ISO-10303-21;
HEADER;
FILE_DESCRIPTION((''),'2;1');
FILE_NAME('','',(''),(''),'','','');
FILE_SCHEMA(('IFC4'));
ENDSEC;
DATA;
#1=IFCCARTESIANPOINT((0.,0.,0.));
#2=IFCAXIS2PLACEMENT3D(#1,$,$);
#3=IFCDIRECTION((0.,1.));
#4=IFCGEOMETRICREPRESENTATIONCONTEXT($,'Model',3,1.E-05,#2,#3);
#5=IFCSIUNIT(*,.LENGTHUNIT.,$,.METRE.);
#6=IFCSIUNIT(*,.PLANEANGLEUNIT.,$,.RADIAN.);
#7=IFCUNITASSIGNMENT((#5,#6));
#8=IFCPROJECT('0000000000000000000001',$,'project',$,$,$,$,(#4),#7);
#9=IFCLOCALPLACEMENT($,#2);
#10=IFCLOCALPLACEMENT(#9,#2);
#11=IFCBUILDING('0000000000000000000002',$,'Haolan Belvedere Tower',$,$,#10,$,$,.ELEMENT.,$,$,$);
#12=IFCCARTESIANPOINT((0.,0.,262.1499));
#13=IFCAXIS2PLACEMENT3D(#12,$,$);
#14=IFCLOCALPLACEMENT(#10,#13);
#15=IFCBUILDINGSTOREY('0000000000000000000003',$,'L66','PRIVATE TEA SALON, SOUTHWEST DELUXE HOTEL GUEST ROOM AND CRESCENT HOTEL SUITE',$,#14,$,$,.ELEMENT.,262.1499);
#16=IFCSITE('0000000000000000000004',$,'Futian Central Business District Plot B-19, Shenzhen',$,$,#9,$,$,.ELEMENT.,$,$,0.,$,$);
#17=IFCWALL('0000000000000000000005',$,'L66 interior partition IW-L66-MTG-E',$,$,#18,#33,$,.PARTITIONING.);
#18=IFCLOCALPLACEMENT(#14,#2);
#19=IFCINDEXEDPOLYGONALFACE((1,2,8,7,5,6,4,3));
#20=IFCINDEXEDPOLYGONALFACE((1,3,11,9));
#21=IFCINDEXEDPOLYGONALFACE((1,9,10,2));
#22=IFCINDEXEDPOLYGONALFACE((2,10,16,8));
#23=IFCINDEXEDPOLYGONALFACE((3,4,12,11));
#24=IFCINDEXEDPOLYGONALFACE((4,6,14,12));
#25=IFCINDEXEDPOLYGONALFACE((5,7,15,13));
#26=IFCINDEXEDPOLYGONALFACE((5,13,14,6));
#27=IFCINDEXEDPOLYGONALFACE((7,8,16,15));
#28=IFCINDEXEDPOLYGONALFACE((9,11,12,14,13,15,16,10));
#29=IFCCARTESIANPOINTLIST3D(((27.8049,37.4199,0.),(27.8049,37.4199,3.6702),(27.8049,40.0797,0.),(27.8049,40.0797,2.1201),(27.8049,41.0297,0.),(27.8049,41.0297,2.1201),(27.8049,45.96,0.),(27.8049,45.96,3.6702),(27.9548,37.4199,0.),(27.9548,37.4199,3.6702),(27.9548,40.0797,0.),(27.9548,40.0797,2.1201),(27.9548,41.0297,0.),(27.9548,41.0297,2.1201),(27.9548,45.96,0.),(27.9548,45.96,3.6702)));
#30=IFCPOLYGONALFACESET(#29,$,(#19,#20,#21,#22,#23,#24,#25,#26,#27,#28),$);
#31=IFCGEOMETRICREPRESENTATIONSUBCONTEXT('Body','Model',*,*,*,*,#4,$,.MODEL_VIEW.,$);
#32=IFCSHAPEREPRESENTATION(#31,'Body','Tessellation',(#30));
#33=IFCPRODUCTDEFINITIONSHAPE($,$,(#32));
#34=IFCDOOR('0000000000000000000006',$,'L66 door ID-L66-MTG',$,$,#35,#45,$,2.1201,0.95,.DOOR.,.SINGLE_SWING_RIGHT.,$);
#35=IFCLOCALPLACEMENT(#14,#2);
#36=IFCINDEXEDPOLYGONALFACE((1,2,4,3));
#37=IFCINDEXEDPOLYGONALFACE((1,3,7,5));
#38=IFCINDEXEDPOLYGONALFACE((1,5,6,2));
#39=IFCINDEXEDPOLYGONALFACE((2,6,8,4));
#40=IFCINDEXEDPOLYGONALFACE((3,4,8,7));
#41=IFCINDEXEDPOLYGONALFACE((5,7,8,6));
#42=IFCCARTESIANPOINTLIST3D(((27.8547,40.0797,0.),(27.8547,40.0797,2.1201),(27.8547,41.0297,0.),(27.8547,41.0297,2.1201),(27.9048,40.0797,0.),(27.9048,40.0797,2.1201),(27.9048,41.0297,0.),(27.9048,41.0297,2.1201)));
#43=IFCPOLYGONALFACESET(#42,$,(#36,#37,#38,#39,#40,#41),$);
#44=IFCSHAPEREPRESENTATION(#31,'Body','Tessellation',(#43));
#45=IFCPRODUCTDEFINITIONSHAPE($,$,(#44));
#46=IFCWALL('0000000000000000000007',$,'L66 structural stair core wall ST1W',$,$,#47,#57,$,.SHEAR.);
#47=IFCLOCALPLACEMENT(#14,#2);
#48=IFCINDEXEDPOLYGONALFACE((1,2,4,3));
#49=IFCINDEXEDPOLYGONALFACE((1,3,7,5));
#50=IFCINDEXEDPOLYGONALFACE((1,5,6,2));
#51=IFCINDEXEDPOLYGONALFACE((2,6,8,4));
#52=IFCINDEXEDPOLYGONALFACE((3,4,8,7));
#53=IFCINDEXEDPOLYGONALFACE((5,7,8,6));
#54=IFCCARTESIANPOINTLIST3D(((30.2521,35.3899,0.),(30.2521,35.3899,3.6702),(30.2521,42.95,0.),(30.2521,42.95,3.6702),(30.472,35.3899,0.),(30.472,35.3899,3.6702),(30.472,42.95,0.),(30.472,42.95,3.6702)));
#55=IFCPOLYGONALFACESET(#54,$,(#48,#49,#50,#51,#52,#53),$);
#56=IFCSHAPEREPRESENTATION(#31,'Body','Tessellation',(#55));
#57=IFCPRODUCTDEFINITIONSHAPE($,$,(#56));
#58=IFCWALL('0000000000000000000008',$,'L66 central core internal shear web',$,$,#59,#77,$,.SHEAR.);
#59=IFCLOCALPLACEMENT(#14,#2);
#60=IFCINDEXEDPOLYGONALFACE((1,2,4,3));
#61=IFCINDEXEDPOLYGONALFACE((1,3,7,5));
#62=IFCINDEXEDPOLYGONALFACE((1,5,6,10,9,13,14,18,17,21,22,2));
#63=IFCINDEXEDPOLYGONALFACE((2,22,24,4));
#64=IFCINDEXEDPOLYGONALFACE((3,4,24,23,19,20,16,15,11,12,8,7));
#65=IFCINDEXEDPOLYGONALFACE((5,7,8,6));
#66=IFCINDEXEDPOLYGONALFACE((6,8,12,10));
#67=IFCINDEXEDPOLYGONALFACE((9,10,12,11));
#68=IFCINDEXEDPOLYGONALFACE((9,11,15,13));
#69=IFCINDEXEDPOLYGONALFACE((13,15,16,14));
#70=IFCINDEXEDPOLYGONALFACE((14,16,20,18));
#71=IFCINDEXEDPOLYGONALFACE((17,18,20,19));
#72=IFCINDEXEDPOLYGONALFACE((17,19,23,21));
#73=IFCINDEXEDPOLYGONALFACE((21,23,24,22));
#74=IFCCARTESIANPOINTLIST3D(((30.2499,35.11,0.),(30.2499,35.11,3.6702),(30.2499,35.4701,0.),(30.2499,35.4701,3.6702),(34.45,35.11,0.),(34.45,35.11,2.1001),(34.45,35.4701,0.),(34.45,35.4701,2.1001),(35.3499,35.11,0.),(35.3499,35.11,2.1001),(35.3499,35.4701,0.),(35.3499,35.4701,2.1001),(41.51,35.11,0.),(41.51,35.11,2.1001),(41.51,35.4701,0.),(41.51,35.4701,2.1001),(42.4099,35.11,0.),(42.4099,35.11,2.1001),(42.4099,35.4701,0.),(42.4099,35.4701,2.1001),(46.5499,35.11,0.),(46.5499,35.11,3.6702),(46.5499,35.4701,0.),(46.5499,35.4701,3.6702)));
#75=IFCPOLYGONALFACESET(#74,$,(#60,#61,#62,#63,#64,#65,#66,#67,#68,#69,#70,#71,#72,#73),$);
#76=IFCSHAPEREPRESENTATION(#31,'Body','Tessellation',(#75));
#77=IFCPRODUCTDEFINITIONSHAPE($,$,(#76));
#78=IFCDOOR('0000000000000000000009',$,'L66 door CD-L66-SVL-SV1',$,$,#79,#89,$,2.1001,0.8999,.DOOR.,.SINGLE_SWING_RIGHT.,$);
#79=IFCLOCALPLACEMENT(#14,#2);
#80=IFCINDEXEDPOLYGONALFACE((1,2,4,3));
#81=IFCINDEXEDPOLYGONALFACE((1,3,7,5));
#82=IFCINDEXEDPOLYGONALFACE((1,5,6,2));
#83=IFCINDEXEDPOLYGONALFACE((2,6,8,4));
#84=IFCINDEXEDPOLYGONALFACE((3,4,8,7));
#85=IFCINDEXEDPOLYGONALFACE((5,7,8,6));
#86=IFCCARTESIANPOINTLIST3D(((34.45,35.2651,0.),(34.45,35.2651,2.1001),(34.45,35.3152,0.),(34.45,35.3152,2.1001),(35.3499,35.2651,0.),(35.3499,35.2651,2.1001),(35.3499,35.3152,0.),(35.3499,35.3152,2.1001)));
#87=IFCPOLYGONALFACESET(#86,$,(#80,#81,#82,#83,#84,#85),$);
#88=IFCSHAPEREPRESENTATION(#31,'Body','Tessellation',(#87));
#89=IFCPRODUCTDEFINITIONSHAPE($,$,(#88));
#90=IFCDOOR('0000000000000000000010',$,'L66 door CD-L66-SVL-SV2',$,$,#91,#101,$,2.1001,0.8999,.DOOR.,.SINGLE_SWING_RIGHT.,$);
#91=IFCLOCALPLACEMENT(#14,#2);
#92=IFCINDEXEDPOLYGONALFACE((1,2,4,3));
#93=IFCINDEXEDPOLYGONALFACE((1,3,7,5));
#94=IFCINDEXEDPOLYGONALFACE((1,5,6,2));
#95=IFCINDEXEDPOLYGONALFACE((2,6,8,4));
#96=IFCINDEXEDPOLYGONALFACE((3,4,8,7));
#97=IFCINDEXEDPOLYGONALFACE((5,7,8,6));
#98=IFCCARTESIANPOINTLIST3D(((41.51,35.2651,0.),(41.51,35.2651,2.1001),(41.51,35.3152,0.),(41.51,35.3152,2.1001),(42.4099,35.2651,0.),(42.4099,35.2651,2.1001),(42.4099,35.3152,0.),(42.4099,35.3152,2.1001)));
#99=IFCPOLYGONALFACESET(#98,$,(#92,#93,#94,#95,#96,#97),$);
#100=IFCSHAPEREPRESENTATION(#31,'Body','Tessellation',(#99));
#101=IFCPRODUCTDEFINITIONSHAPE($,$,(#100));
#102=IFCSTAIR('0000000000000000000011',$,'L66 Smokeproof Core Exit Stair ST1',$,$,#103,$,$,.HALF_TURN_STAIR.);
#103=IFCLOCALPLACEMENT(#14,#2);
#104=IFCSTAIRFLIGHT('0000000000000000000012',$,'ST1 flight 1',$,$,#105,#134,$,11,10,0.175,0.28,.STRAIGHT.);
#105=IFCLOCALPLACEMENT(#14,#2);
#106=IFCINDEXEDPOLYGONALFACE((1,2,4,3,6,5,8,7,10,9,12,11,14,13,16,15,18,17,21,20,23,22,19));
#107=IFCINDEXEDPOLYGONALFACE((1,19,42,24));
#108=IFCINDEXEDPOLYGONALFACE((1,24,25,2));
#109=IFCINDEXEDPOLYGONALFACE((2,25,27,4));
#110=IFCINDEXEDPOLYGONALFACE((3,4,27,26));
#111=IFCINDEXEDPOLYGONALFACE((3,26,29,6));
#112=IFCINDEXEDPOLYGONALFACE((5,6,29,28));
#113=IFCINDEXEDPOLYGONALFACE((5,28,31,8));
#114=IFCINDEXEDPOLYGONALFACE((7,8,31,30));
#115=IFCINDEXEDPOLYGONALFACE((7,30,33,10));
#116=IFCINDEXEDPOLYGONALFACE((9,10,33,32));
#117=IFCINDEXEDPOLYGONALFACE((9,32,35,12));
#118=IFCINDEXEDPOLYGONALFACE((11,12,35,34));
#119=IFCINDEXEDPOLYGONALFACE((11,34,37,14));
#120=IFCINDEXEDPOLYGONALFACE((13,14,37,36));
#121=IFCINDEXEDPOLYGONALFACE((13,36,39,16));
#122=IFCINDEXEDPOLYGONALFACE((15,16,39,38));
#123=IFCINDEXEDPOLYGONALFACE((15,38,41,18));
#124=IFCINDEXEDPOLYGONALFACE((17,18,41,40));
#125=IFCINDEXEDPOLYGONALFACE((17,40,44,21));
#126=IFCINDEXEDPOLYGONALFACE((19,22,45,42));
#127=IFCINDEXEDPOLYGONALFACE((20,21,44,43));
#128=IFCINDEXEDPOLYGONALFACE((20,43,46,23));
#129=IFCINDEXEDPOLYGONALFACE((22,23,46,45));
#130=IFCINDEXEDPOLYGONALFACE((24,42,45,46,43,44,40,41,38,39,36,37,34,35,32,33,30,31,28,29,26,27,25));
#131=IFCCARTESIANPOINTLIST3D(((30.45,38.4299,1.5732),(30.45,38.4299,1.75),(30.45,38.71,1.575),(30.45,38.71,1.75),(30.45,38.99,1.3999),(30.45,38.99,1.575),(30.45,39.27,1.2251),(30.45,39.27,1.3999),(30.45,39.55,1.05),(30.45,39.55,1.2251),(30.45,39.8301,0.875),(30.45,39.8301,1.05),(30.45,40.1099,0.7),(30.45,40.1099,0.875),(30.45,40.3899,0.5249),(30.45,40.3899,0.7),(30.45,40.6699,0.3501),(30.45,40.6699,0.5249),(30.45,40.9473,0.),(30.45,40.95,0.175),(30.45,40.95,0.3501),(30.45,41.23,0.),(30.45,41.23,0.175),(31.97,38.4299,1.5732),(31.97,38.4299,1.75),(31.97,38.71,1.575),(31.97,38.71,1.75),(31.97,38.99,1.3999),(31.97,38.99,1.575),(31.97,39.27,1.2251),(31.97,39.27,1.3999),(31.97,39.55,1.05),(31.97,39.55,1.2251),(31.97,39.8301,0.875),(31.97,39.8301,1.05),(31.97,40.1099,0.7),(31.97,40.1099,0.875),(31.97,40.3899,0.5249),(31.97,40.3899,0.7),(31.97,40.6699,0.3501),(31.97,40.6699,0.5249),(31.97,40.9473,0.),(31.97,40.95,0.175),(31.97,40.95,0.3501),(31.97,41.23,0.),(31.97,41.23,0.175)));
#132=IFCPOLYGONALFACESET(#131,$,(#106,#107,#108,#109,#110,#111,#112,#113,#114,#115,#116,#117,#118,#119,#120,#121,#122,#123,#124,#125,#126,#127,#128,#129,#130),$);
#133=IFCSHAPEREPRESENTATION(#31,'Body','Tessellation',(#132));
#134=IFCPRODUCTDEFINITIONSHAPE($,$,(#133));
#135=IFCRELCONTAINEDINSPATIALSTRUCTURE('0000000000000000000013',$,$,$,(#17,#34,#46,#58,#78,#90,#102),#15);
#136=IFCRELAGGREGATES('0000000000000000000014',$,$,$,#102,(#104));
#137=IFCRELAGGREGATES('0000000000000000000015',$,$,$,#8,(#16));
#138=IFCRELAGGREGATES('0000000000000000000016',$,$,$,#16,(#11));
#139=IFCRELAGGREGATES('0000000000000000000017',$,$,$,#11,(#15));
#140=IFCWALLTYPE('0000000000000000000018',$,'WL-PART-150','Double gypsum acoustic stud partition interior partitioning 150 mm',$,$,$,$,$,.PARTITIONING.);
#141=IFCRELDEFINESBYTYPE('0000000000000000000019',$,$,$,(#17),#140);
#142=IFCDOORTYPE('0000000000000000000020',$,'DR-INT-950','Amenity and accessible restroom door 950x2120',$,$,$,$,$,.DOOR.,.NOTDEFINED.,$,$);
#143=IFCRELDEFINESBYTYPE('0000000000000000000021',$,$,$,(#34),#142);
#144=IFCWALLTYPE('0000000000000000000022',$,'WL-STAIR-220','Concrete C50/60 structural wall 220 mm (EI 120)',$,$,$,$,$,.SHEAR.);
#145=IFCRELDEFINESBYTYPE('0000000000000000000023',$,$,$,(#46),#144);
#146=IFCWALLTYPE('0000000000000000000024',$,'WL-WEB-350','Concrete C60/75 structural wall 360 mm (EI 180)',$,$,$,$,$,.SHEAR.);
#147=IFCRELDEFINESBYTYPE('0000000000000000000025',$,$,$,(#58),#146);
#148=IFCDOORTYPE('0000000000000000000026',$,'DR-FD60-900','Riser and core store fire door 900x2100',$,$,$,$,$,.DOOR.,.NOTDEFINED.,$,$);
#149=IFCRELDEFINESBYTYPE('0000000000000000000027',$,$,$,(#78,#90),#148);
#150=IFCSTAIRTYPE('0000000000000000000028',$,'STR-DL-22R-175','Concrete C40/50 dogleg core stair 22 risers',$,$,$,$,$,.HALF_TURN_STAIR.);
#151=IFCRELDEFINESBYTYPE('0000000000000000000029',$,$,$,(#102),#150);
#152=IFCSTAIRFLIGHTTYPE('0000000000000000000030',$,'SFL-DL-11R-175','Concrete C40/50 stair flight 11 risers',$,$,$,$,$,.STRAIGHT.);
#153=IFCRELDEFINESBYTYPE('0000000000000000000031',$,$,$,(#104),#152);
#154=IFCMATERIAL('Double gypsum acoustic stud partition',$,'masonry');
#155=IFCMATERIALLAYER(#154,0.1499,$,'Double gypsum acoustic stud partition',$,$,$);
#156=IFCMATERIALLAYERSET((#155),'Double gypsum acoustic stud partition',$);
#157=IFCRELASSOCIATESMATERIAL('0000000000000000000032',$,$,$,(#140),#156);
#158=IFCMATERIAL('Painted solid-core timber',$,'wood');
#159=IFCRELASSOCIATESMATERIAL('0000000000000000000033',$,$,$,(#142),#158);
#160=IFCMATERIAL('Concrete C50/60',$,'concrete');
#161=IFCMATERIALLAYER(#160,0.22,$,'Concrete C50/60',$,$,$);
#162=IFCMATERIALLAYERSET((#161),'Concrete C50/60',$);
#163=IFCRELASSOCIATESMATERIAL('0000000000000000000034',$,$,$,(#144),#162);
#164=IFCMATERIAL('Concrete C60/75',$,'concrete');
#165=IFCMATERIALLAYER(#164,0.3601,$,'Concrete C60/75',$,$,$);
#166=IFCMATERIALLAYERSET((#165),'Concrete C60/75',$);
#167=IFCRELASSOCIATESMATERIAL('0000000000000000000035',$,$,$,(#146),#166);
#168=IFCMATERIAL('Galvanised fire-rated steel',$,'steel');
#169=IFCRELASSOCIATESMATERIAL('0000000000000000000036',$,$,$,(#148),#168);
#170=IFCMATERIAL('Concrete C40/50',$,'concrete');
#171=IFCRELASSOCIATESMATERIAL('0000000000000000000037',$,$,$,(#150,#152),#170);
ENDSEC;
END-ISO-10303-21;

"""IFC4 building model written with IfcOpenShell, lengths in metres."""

from ifc_helpers import new_model, si_unit, direction, frame, frame_2d, origin, place, context, subcontext, project, spatial, polyline, rectangle, outline, extrude, material, layer, layer_set, type_object, element, fill, aggregate, save


model = new_model("IFC4")

# Units and contexts
model_context = context("Model", 3, precision=1e-05, world=origin(), true_north=direction((0.0, 1.0)))
body_context = subcontext(model_context, "Body", "Model", "MODEL_VIEW")
ifc_project = project(units=[si_unit("LENGTHUNIT", "METRE"), si_unit("PLANEANGLEUNIT", "RADIAN")], contexts=[model_context])

# Site, building, storey
site_placement = place(None, origin())
site = spatial("IfcSite", under=ifc_project, at=site_placement, Name="Futian Central Business District Plot B-19, Shenzhen", CompositionType="ELEMENT", RefElevation=0.0)
building_placement = place(site_placement, origin())
building = spatial("IfcBuilding", under=site, at=building_placement, Name="Haolan Belvedere Tower", CompositionType="ELEMENT")
storey_placement = place(building_placement, frame((0.0, 0.0, 262.1499)))
storey = spatial("IfcBuildingStorey", under=building, at=storey_placement, Name="L66", Description="PRIVATE TEA SALON, SOUTHWEST DELUXE HOTEL GUEST ROOM AND CRESCENT HOTEL SUITE", CompositionType="ELEMENT", Elevation=262.1499)

# Shared definitions
ifc_material_1 = material(Name="Concrete C50/60", Category="concrete")

# Shared definitions
ifc_material_2 = material(Name="Galvanised fire-rated steel", Category="steel")

# Wall, opening, door
ifc_material_3 = material(Name="Double gypsum acoustic stud partition", Category="masonry")
ifc_layer_1 = layer(ifc_material_3, 0.1499, Name="Double gypsum acoustic stud partition")
ifc_layer_set_1 = layer_set([ifc_layer_1], Name="Double gypsum acoustic stud partition")
wall_type_1 = type_object("IfcWallType", Name="WL-PART-150", Description="Double gypsum acoustic stud partition interior partitioning 150 mm", PredefinedType="PARTITIONING", material=ifc_layer_set_1)
ifc_material_4 = material(Name="Painted solid-core timber", Category="wood")
door_type_1 = type_object("IfcDoorType", Name="DR-INT-950", Description="Amenity and accessible restroom door 950x2120", OperationType="NOTDEFINED", PredefinedType="DOOR", material=ifc_material_4)
wall_1_placement = place(storey_placement, frame((27.8799, 37.4199, 0.0), z_axis=(0.0, 0.0, 1.0), x_axis=(0.0, 1.0, 0.0)))
wall_1 = element("IfcWall", 1, at=wall_1_placement, inside=storey, type_object=wall_type_1, Name="L66 interior partition IW-L66-MTG-E", PredefinedType="PARTITIONING", context=body_context, shape_type="SweptSolid", body=[
    extrude(rectangle(XDim=8.54, YDim=0.1499, at=frame_2d((4.27, 0.0))), origin(), (0.0, 0.0, 1.0), 3.6702),
])
opening_1_placement = place(wall_1_placement, frame((3.6099, 0.0, 0.0), z_axis=(0.0, 0.0, 1.0), x_axis=(-1.0, 0.0, 0.0)))
opening_1 = element("IfcOpeningElement", 2, at=opening_1_placement, cuts=wall_1, PredefinedType="OPENING", context=body_context, shape_type="SweptSolid", body=[
    extrude(rectangle(XDim=0.95, YDim=2.1201, at=frame_2d((0.4751, 1.0601))), frame((0.0, 0.085, 0.0), z_axis=(0.0, -1.0, 0.0), x_axis=(1.0, 0.0, 0.0)), (0.0, 0.0, 1.0), 0.1699),
])
door_1_placement = place(opening_1_placement, origin())
door_1 = element("IfcDoor", 3, at=door_1_placement, inside=storey, type_object=door_type_1, Name="L66 door ID-L66-MTG", OperationType="SINGLE_SWING_RIGHT", OverallHeight=2.1201, OverallWidth=0.95, PredefinedType="DOOR", context=body_context, shape_type="SweptSolid", body=[
    extrude(rectangle(XDim=0.95, YDim=2.1201, at=frame_2d((0.4751, 1.0601))), frame((0.0, 0.0249, 0.0), z_axis=(0.0, -1.0, 0.0), x_axis=(1.0, 0.0, 0.0)), (0.0, 0.0, 1.0), 0.05),
])
fill(opening_1, door_1)

# Wall
ifc_layer_2 = layer(ifc_material_1, 0.22, Name="Concrete C50/60")
ifc_layer_set_2 = layer_set([ifc_layer_2], Name="Concrete C50/60")
wall_type_2 = type_object("IfcWallType", Name="WL-STAIR-220", Description="Concrete C50/60 structural wall 220 mm (EI 120)", PredefinedType="SHEAR", material=ifc_layer_set_2)
wall_2_placement = place(storey_placement, frame((30.3621, 35.3899, 0.0), z_axis=(0.0, 0.0, 1.0), x_axis=(0.0, 1.0, 0.0)))
element("IfcWall", 4, at=wall_2_placement, inside=storey, type_object=wall_type_2, Name="L66 structural stair core wall ST1W", PredefinedType="SHEAR", context=body_context, shape_type="SweptSolid", body=[
    extrude(rectangle(XDim=7.5601, YDim=0.22, at=frame_2d((3.78, 0.0))), origin(), (0.0, 0.0, 1.0), 3.6702),
])

# Wall, openings, doors
ifc_material_5 = material(Name="Concrete C60/75", Category="concrete")
ifc_layer_3 = layer(ifc_material_5, 0.3601, Name="Concrete C60/75")
ifc_layer_set_3 = layer_set([ifc_layer_3], Name="Concrete C60/75")
wall_type_3 = type_object("IfcWallType", Name="WL-WEB-350", Description="Concrete C60/75 structural wall 360 mm (EI 180)", PredefinedType="SHEAR", material=ifc_layer_set_3)
wall_3_placement = place(storey_placement, frame((30.25, 35.29, 0.0), z_axis=(0.0, 0.0, 1.0), x_axis=(1.0, 0.0, 0.0)))
wall_3 = element("IfcWall", 5, at=wall_3_placement, inside=storey, type_object=wall_type_3, Name="L66 central core internal shear web", PredefinedType="SHEAR", context=body_context, shape_type="SweptSolid", body=[
    extrude(rectangle(XDim=16.3, YDim=0.3601, at=frame_2d((8.1499, 0.0))), origin(), (0.0, 0.0, 1.0), 3.6702),
])
opening_2_placement = place(wall_3_placement, frame((5.0999, 0.0, 0.0), z_axis=(0.0, 0.0, 1.0), x_axis=(-1.0, 0.0, 0.0)))
opening_2 = element("IfcOpeningElement", 6, at=opening_2_placement, cuts=wall_3, PredefinedType="OPENING", context=body_context, shape_type="SweptSolid", body=[
    extrude(rectangle(XDim=0.8999, YDim=2.1001, at=frame_2d((0.45, 1.05))), frame((0.0, 0.1899, 0.0), z_axis=(0.0, -1.0, 0.0), x_axis=(1.0, 0.0, 0.0)), (0.0, 0.0, 1.0), 0.3801),
])
opening_3_placement = place(wall_3_placement, frame((12.1599, 0.0, 0.0), z_axis=(0.0, 0.0, 1.0), x_axis=(-1.0, 0.0, 0.0)))
opening_3 = element("IfcOpeningElement", 7, at=opening_3_placement, cuts=wall_3, PredefinedType="OPENING", context=body_context, shape_type="SweptSolid", body=[
    extrude(rectangle(XDim=0.8999, YDim=2.1001, at=frame_2d((0.45, 1.05))), frame((0.0, 0.1899, 0.0), z_axis=(0.0, -1.0, 0.0), x_axis=(1.0, 0.0, 0.0)), (0.0, 0.0, 1.0), 0.3801),
])
door_type_2 = type_object("IfcDoorType", Name="DR-FD60-900", Description="Riser and core store fire door 900x2100", OperationType="NOTDEFINED", PredefinedType="DOOR", material=ifc_material_2)
door_2_placement = place(opening_2_placement, origin())
door_2 = element("IfcDoor", 8, at=door_2_placement, inside=storey, type_object=door_type_2, Name="L66 door CD-L66-SVL-SV1", OperationType="SINGLE_SWING_RIGHT", OverallHeight=2.1001, OverallWidth=0.8999, PredefinedType="DOOR", context=body_context, shape_type="SweptSolid", body=[
    extrude(rectangle(XDim=0.8999, YDim=2.1001, at=frame_2d((0.45, 1.05))), frame((0.0, 0.0249, 0.0), z_axis=(0.0, -1.0, 0.0), x_axis=(1.0, 0.0, 0.0)), (0.0, 0.0, 1.0), 0.05),
])
fill(opening_2, door_2)
door_3_placement = place(opening_3_placement, origin())
door_3 = element("IfcDoor", 9, at=door_3_placement, inside=storey, type_object=door_type_2, Name="L66 door CD-L66-SVL-SV2", OperationType="SINGLE_SWING_RIGHT", OverallHeight=2.1001, OverallWidth=0.8999, PredefinedType="DOOR", context=body_context, shape_type="SweptSolid", body=[
    extrude(rectangle(XDim=0.8999, YDim=2.1001, at=frame_2d((0.45, 1.05))), frame((0.0, 0.0249, 0.0), z_axis=(0.0, -1.0, 0.0), x_axis=(1.0, 0.0, 0.0)), (0.0, 0.0, 1.0), 0.05),
])
fill(opening_3, door_3)

# Stair, stair flight
ifc_material_6 = material(Name="Concrete C40/50", Category="concrete")
stair_type = type_object("IfcStairType", Name="STR-DL-22R-175", Description="Concrete C40/50 dogleg core stair 22 risers", PredefinedType="HALF_TURN_STAIR", material=ifc_material_6)
stair_placement = place(storey_placement, origin())
stair = element("IfcStair", 10, at=stair_placement, inside=storey, type_object=stair_type, Name="L66 Smokeproof Core Exit Stair ST1", PredefinedType="HALF_TURN_STAIR")
stair_flight_type = type_object("IfcStairFlightType", Name="SFL-DL-11R-175", Description="Concrete C40/50 stair flight 11 risers", PredefinedType="STRAIGHT", material=ifc_material_6)
stair_flight_placement = place(storey_placement, frame((31.21, 41.23, 0.0), z_axis=(0.0, 0.0, 1.0), x_axis=(0.0, -1.0, 0.0)))
stair_flight = element("IfcStairFlight", 11, at=stair_flight_placement, type_object=stair_flight_type, Name="ST1 flight 1", NumberOfRisers=11, NumberOfTreads=10, PredefinedType="STRAIGHT", RiserHeight=0.175, TreadLength=0.28, context=body_context, shape_type="SweptSolid", body=[
    extrude(outline(polyline([(0.0, 0.0), (0.0, 0.175), (0.28, 0.175), (0.28, 0.3501), (0.5601, 0.3501), (0.5601, 0.5249), (0.8401, 0.5249), (0.8401, 0.7), (1.1201, 0.7), (1.1201, 0.875), (1.3999, 0.875), (1.3999, 1.05), (1.6799, 1.05), (1.6799, 1.2251), (1.96, 1.2251), (1.96, 1.3999), (2.24, 1.3999), (2.24, 1.575), (2.52, 1.575), (2.52, 1.75), (2.8, 1.75), (2.8, 1.925), (2.8, 1.5732), (0.2827, 0.0), (0.0, 0.0)])), frame((0.0, 0.76, 0.0), z_axis=(0.0, -1.0, 0.0), x_axis=(1.0, 0.0, 0.0)), (0.0, 0.0, 1.0), 1.52),
])
aggregate(stair, [stair_flight])

save(model, "model.ifc")
